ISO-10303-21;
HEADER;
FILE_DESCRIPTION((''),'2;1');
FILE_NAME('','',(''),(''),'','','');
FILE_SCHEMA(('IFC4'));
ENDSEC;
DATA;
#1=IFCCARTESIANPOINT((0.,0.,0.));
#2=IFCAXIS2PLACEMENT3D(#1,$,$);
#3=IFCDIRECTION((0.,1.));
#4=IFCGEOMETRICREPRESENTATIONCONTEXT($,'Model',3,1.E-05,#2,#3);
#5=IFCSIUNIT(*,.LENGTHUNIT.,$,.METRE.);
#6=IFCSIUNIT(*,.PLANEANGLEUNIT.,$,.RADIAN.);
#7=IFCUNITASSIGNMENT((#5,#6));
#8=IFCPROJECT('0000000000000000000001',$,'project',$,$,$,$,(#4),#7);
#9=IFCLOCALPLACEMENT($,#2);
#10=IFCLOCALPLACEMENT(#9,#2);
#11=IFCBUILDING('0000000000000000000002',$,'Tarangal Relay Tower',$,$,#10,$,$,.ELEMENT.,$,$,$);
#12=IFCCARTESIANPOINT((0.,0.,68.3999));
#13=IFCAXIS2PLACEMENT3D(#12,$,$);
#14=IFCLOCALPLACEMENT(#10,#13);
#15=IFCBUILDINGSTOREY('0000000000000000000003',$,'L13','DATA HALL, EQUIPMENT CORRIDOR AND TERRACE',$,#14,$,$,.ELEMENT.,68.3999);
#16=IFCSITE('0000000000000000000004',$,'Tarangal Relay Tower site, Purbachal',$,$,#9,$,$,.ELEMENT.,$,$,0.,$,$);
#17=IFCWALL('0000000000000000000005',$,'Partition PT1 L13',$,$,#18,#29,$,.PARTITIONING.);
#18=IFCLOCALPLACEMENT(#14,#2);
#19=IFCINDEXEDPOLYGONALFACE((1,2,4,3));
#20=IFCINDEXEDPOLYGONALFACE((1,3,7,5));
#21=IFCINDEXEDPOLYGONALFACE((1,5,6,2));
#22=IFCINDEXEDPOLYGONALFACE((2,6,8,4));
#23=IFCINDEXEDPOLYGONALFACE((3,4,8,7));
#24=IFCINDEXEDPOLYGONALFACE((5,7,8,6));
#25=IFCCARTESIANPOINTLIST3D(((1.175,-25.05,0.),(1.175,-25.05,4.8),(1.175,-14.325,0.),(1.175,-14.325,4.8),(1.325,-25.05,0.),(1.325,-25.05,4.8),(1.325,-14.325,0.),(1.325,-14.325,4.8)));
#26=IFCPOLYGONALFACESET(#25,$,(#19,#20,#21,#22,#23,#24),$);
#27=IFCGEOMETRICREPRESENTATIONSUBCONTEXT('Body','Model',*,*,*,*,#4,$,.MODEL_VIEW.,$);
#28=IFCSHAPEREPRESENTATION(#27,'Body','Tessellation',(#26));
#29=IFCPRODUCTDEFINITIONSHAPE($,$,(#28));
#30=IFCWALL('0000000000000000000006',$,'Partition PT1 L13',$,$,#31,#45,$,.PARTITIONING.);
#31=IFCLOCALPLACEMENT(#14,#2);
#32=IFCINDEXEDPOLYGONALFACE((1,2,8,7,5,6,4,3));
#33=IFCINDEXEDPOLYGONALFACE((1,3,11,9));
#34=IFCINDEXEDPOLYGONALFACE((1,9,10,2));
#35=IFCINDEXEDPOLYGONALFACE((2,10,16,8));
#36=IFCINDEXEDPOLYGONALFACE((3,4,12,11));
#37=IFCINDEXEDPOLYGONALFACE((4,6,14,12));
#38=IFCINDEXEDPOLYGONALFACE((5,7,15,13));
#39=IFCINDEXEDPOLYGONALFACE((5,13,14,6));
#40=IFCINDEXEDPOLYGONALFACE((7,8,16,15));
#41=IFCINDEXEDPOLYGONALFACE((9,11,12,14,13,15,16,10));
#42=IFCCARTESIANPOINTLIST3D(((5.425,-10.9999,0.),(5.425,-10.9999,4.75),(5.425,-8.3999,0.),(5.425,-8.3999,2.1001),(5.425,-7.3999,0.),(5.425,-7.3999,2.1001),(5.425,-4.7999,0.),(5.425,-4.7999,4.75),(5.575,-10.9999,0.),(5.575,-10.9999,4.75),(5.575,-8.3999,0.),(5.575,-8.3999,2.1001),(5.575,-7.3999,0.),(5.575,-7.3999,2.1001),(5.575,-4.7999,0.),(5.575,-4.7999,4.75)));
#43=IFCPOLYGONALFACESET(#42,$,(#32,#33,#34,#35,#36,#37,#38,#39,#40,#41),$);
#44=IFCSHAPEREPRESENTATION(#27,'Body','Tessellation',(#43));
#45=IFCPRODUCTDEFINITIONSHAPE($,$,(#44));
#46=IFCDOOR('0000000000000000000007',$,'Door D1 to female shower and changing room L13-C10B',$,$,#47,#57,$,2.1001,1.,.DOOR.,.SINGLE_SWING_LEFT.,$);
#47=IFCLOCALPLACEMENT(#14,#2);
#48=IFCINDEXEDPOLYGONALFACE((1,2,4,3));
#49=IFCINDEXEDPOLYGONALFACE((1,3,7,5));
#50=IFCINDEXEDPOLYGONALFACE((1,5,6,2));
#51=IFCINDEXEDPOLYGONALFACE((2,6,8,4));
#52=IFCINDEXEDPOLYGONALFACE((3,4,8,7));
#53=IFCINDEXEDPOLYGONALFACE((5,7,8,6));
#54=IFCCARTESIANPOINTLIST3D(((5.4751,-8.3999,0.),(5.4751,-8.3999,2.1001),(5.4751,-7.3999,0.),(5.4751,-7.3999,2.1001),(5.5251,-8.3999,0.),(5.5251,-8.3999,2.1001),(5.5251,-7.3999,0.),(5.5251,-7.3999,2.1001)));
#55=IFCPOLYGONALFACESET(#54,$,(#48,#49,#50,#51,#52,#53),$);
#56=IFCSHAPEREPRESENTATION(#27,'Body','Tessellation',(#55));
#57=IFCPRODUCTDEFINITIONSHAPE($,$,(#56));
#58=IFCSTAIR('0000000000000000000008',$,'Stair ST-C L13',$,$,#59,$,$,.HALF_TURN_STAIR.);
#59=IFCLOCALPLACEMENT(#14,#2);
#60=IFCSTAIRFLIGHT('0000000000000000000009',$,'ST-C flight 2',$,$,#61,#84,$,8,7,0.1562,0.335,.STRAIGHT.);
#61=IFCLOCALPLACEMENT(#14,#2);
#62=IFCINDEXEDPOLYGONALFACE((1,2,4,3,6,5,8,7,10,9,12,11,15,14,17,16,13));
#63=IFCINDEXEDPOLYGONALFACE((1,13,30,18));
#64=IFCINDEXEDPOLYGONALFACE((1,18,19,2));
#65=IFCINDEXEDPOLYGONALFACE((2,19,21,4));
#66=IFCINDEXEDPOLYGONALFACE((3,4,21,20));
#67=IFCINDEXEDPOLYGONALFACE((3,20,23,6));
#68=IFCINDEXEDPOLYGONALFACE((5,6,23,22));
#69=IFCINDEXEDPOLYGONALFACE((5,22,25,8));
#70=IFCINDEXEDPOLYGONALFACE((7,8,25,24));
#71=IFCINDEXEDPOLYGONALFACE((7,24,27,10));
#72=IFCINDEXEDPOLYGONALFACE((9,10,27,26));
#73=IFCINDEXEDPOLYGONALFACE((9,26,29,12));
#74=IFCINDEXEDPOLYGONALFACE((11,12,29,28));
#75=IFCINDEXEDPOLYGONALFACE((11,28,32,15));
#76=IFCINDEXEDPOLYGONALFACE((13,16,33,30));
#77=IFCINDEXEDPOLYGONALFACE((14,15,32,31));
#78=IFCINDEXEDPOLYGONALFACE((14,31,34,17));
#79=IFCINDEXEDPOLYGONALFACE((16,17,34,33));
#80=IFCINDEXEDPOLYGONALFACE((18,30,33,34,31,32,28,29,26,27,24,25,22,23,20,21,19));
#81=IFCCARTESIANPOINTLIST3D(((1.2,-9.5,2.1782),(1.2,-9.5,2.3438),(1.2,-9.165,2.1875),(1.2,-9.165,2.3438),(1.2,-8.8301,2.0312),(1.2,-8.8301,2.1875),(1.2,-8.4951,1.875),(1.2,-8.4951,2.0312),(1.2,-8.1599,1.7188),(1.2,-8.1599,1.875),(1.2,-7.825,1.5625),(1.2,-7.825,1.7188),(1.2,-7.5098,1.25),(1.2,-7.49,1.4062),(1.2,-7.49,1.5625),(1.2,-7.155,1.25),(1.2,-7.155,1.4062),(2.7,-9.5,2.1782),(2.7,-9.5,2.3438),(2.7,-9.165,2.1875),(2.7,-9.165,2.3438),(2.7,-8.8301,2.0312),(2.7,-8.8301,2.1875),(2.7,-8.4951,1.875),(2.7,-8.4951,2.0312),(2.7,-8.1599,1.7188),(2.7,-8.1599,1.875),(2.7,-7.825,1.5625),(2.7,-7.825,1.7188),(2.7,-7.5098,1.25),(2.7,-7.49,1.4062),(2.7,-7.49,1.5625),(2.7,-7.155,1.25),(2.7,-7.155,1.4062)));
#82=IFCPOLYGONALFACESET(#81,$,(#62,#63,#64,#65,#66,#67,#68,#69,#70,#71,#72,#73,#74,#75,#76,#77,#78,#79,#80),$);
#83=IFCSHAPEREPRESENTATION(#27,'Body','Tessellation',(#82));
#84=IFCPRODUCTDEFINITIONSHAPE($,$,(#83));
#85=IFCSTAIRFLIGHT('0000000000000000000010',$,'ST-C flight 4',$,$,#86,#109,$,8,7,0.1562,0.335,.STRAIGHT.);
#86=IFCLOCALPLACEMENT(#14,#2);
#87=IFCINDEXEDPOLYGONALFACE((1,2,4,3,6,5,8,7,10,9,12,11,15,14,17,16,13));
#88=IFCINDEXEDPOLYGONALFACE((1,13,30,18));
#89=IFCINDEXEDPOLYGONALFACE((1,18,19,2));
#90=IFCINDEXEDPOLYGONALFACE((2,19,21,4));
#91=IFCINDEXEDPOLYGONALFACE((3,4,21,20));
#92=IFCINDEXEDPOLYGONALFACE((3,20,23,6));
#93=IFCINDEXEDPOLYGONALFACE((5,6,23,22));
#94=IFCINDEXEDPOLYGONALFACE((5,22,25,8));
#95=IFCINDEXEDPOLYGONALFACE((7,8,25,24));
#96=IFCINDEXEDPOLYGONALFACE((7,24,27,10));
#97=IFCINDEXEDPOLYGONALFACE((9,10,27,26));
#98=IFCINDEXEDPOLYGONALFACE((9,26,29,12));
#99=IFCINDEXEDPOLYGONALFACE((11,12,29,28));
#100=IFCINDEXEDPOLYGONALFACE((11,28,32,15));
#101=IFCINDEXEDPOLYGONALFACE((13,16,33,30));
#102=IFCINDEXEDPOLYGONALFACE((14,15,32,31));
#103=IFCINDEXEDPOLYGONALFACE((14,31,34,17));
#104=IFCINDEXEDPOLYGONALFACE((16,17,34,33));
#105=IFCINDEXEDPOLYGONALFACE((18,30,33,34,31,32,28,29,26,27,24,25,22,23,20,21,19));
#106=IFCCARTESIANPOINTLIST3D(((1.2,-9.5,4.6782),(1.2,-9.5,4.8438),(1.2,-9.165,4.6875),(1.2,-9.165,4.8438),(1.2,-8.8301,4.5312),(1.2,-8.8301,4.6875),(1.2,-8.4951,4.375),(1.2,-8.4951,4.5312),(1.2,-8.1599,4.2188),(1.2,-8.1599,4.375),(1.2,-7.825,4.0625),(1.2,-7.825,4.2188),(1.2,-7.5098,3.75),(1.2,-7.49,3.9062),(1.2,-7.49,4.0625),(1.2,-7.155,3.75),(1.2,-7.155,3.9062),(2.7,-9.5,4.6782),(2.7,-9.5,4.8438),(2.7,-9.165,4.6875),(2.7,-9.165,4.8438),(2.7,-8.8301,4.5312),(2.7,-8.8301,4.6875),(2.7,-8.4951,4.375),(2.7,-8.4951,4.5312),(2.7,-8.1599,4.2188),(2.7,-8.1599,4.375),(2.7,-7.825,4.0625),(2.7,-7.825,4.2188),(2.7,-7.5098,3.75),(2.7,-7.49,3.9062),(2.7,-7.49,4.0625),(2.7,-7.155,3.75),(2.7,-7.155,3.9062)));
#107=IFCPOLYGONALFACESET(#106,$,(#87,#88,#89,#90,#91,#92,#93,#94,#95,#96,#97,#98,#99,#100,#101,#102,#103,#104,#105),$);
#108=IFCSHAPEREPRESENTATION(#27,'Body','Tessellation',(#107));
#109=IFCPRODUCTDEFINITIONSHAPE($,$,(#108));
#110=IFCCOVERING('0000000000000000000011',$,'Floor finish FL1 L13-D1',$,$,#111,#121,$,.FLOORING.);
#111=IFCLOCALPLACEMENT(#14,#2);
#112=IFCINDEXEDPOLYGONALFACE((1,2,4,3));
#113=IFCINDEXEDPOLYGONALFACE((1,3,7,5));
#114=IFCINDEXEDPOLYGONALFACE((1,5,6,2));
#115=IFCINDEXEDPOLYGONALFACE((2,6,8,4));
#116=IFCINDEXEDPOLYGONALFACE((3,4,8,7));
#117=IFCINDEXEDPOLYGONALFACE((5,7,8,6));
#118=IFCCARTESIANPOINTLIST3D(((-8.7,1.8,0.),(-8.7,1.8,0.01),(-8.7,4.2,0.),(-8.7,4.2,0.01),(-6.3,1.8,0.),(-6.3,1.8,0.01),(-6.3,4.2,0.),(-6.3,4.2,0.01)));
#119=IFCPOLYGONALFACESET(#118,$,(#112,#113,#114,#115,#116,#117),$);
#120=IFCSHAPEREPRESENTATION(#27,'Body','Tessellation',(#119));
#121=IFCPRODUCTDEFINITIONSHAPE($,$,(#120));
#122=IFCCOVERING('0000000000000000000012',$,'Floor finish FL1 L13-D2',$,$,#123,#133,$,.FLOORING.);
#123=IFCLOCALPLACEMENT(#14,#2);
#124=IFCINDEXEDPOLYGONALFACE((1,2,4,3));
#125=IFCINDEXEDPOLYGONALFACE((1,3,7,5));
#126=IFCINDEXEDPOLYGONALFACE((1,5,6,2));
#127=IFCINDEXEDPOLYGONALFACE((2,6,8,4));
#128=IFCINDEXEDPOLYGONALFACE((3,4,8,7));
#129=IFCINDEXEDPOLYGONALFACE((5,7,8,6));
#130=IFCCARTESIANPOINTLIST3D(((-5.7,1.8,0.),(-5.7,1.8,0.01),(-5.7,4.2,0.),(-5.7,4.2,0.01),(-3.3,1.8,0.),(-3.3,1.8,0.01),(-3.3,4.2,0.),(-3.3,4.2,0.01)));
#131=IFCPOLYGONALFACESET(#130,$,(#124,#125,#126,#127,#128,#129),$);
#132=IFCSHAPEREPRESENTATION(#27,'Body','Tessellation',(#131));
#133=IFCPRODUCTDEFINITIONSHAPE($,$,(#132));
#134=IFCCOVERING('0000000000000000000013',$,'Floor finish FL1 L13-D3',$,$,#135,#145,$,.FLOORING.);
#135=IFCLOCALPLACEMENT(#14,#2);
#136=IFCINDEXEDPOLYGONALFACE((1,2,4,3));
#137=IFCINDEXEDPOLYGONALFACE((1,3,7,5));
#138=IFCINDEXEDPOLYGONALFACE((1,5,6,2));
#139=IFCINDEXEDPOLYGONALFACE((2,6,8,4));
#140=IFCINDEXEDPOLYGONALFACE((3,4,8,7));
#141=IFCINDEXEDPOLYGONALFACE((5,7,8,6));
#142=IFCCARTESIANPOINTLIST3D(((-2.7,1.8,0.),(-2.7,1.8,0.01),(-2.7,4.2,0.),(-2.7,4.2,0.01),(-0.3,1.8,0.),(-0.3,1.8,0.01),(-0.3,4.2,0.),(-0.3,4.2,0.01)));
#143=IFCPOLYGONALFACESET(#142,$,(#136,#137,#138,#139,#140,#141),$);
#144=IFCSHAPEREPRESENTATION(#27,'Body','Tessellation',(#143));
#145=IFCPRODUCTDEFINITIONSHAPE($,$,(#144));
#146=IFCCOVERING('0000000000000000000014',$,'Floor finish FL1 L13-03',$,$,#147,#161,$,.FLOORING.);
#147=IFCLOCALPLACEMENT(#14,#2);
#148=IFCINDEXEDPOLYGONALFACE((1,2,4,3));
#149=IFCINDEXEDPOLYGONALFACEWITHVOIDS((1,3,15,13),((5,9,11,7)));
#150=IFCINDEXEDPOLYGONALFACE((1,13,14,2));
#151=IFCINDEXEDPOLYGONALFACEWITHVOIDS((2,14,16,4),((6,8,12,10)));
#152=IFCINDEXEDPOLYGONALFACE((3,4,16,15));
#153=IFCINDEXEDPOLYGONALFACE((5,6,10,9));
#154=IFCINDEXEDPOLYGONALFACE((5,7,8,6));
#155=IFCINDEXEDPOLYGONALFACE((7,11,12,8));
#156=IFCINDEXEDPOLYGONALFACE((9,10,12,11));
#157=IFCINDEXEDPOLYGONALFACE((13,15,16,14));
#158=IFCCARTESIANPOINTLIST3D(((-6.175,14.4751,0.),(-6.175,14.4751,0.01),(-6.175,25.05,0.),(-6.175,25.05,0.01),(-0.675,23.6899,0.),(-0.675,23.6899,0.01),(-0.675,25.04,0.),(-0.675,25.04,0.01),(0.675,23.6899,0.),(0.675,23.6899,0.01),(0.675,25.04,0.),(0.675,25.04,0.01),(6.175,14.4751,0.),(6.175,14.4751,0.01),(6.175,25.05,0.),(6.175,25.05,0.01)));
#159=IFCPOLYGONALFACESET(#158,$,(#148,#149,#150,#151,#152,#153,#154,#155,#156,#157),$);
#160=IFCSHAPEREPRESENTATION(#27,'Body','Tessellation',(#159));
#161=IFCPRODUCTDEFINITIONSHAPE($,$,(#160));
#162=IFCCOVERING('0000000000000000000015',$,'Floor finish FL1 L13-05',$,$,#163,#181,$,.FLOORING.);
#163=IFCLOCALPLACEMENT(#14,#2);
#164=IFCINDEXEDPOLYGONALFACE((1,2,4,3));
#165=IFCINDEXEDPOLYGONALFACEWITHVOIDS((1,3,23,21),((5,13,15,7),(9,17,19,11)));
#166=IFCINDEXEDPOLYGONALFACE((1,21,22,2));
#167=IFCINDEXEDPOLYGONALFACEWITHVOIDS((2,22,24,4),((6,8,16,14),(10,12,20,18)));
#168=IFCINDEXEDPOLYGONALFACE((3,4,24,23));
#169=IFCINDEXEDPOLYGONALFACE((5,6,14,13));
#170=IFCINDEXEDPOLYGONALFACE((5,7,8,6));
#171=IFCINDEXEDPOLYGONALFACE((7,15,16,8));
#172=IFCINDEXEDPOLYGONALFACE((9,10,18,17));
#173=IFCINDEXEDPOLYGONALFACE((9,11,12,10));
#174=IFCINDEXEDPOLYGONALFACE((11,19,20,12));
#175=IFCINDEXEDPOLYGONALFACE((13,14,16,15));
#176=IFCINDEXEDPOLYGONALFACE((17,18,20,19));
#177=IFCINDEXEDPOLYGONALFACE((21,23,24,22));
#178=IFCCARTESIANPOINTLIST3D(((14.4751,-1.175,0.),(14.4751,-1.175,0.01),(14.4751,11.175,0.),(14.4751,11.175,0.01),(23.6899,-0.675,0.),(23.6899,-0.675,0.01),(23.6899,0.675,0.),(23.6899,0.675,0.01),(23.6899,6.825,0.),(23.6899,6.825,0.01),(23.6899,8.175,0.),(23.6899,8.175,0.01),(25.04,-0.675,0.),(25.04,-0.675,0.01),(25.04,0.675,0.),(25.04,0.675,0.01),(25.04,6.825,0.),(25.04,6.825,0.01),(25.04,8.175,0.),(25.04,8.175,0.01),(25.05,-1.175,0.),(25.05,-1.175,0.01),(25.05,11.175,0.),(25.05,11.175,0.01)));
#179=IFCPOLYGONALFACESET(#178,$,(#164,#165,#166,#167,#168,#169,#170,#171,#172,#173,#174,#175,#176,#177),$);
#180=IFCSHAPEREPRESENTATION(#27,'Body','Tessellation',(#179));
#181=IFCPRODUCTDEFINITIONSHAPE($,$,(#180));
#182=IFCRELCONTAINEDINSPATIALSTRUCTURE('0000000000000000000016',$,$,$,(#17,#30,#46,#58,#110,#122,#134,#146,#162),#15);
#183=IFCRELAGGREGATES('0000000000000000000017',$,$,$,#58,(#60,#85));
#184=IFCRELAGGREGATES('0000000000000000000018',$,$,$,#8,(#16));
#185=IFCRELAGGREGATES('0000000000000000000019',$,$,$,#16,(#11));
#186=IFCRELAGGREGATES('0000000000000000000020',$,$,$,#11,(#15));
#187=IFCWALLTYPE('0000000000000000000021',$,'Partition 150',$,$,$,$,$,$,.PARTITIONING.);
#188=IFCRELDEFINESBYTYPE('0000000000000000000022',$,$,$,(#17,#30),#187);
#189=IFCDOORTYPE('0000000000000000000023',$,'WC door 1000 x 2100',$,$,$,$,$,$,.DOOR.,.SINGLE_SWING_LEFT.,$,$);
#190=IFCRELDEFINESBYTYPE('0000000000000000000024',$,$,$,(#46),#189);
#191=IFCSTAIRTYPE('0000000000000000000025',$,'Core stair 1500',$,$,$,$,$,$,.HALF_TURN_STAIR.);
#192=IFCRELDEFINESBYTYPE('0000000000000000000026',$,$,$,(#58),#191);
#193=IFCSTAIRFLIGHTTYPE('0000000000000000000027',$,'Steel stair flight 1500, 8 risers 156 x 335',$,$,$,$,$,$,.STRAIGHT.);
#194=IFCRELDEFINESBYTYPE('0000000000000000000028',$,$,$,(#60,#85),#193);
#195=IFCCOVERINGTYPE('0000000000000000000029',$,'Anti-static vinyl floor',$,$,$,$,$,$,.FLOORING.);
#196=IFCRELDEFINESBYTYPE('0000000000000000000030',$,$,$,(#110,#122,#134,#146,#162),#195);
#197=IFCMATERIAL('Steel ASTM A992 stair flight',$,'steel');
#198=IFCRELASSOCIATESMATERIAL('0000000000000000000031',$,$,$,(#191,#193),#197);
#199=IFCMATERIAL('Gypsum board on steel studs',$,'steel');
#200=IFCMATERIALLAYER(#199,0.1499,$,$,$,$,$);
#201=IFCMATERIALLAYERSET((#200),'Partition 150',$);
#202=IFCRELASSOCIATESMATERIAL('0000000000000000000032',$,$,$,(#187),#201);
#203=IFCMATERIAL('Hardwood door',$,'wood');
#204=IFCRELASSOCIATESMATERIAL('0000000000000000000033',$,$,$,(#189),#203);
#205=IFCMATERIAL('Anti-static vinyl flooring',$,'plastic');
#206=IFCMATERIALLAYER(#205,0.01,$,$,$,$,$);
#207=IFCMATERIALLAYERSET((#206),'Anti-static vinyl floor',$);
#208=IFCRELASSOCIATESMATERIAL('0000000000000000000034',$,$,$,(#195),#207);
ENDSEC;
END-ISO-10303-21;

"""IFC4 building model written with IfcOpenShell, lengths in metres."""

from ifc_helpers import new_model, si_unit, direction, frame, frame_2d, origin, place, context, subcontext, project, spatial, polyline, rectangle, outline, extrude, material, layer, layer_set, type_object, element, fill, aggregate, save


model = new_model("IFC4")

# Units and contexts
model_context = context("Model", 3, precision=1e-05, world=origin(), true_north=direction((0.0, 1.0)))
body_context = subcontext(model_context, "Body", "Model", "MODEL_VIEW")
ifc_project = project(units=[si_unit("LENGTHUNIT", "METRE"), si_unit("PLANEANGLEUNIT", "RADIAN")], contexts=[model_context])

# Site, building, storey
site_placement = place(None, origin())
site = spatial("IfcSite", under=ifc_project, at=site_placement, Name="Tarangal Relay Tower site, Purbachal", CompositionType="ELEMENT", RefElevation=0.0)
building_placement = place(site_placement, origin())
building = spatial("IfcBuilding", under=site, at=building_placement, Name="Tarangal Relay Tower", CompositionType="ELEMENT")
storey_placement = place(building_placement, frame((0.0, 0.0, 68.3999)))
storey = spatial("IfcBuildingStorey", under=building, at=storey_placement, Name="L13", Description="DATA HALL, EQUIPMENT CORRIDOR AND TERRACE", CompositionType="ELEMENT", Elevation=68.3999)

# Shared definitions
ifc_material_1 = material(Name="Steel ASTM A992 stair flight", Category="steel")
stair_type = type_object("IfcStairType", Name="Core stair 1500", PredefinedType="HALF_TURN_STAIR", material=ifc_material_1)

# Wall
ifc_material_2 = material(Name="Gypsum board on steel studs", Category="steel")
ifc_layer_1 = layer(ifc_material_2, 0.1499)
ifc_layer_set_1 = layer_set([ifc_layer_1], Name="Partition 150")
wall_type_1 = type_object("IfcWallType", Name="Partition 150", PredefinedType="PARTITIONING", material=ifc_layer_set_1)
wall_1_placement = place(storey_placement, frame((1.25, -25.05, 0.0), z_axis=(0.0, 0.0, 1.0), x_axis=(0.0, 1.0, 0.0)))
element("IfcWall", 1, at=wall_1_placement, inside=storey, type_object=wall_type_1, Name="Partition PT1 L13", PredefinedType="PARTITIONING", context=body_context, shape_type="SweptSolid", body=[
    extrude(rectangle(XDim=10.7251, YDim=0.1499, at=frame_2d((5.3625, 0.0))), origin(), (0.0, 0.0, 1.0), 4.8),
])

# Wall, opening, door
wall_2_placement = place(storey_placement, frame((5.5, -11.0, 0.0), z_axis=(0.0, 0.0, 1.0), x_axis=(0.0, 1.0, 0.0)))
wall_2 = element("IfcWall", 2, at=wall_2_placement, inside=storey, type_object=wall_type_1, Name="Partition PT1 L13", PredefinedType="PARTITIONING", context=body_context, shape_type="SweptSolid", body=[
    extrude(rectangle(XDim=6.2, YDim=0.1499, at=frame_2d((3.1001, 0.0))), origin(), (0.0, 0.0, 1.0), 4.75),
])
opening_placement = place(wall_2_placement, frame((2.6001, 0.0, 0.0)))
opening = element("IfcOpeningElement", 3, at=opening_placement, cuts=wall_2, PredefinedType="OPENING", context=body_context, shape_type="SweptSolid", body=[
    extrude(rectangle(XDim=1.0, YDim=2.1001, at=frame_2d((0.5, 1.05))), frame((0.0, 0.085, 0.0), z_axis=(0.0, -1.0, 0.0), x_axis=(1.0, 0.0, 0.0)), (0.0, 0.0, 1.0), 0.1699),
])
ifc_material_3 = material(Name="Hardwood door", Category="wood")
door_type = type_object("IfcDoorType", Name="WC door 1000 x 2100", OperationType="SINGLE_SWING_LEFT", PredefinedType="DOOR", material=ifc_material_3)
door_placement = place(opening_placement, origin())
door = element("IfcDoor", 4, at=door_placement, inside=storey, type_object=door_type, Name="Door D1 to female shower and changing room L13-C10B", OperationType="SINGLE_SWING_LEFT", OverallHeight=2.1001, OverallWidth=1.0, PredefinedType="DOOR", context=body_context, shape_type="SweptSolid", body=[
    extrude(rectangle(XDim=1.0, YDim=2.1001, at=frame_2d((0.5, 1.05))), frame((0.0, 0.0249, 0.0), z_axis=(0.0, -1.0, 0.0), x_axis=(1.0, 0.0, 0.0)), (0.0, 0.0, 1.0), 0.05),
])
fill(opening, door)

# Stair, stair flights
stair_1_placement = place(storey_placement, origin())
stair_1 = element("IfcStair", 5, at=stair_1_placement, inside=storey, type_object=stair_type, Name="Stair ST-C L13", PredefinedType="HALF_TURN_STAIR")
stair_flight_type = type_object("IfcStairFlightType", Name="Steel stair flight 1500, 8 risers 156 x 335", PredefinedType="STRAIGHT", material=ifc_material_1)
stair_flight_1_placement = place(storey_placement, frame((1.95, -7.155, 1.25), z_axis=(0.0, 0.0, 1.0), x_axis=(0.0, -1.0, 0.0)))
stair_flight_1 = element("IfcStairFlight", 6, at=stair_flight_1_placement, type_object=stair_flight_type, Name="ST-C flight 2", NumberOfRisers=8, NumberOfTreads=7, PredefinedType="STRAIGHT", RiserHeight=0.1562, TreadLength=0.335, context=body_context, shape_type="SweptSolid", body=[
    extrude(outline(polyline([(0.0, 0.0), (0.0, 0.1562), (0.335, 0.1562), (0.335, 0.3125), (0.6699, 0.3125), (0.6699, 0.4688), (1.0049, 0.4688), (1.0049, 0.625), (1.3401, 0.625), (1.3401, 0.7812), (1.675, 0.7812), (1.675, 0.9375), (2.01, 0.9375), (2.01, 1.0938), (2.345, 1.0938), (2.345, 1.25), (2.345, 0.9282), (0.3547, 0.0), (0.0, 0.0)])), frame((0.0, 0.75, 0.0), z_axis=(0.0, -1.0, 0.0), x_axis=(1.0, 0.0, 0.0)), (0.0, 0.0, 1.0), 1.5),
])
stair_flight_2_placement = place(storey_placement, frame((1.95, -7.155, 3.75), z_axis=(0.0, 0.0, 1.0), x_axis=(0.0, -1.0, 0.0)))
stair_flight_2 = element("IfcStairFlight", 7, at=stair_flight_2_placement, type_object=stair_flight_type, Name="ST-C flight 4", NumberOfRisers=8, NumberOfTreads=7, PredefinedType="STRAIGHT", RiserHeight=0.1562, TreadLength=0.335, context=body_context, shape_type="SweptSolid", body=[
    extrude(outline(polyline([(0.0, 0.0), (0.0, 0.1562), (0.335, 0.1562), (0.335, 0.3125), (0.6699, 0.3125), (0.6699, 0.4688), (1.0049, 0.4688), (1.0049, 0.625), (1.3401, 0.625), (1.3401, 0.7812), (1.675, 0.7812), (1.675, 0.9375), (2.01, 0.9375), (2.01, 1.0938), (2.345, 1.0938), (2.345, 1.25), (2.345, 0.9282), (0.3547, 0.0), (0.0, 0.0)])), frame((0.0, 0.75, 0.0), z_axis=(0.0, -1.0, 0.0), x_axis=(1.0, 0.0, 0.0)), (0.0, 0.0, 1.0), 1.5),
])
aggregate(stair_1, [stair_flight_1, stair_flight_2])

# Coverings
ifc_material_4 = material(Name="Anti-static vinyl flooring", Category="plastic")
ifc_layer_2 = layer(ifc_material_4, 0.01)
ifc_layer_set_2 = layer_set([ifc_layer_2], Name="Anti-static vinyl floor")
covering_type_1 = type_object("IfcCoveringType", Name="Anti-static vinyl floor", PredefinedType="FLOORING", material=ifc_layer_set_2)
covering_1_placement = place(storey_placement, origin())
element("IfcCovering", 8, at=covering_1_placement, inside=storey, type_object=covering_type_1, Name="Floor finish FL1 L13-D1", PredefinedType="FLOORING", context=body_context, shape_type="SweptSolid", body=[
    extrude(outline(polyline([(-8.7, 1.8), (-6.3, 1.8), (-6.3, 4.2), (-8.7, 4.2), (-8.7, 1.8)])), origin(), (0.0, 0.0, 1.0), 0.01),
])
covering_2_placement = place(storey_placement, origin())
element("IfcCovering", 9, at=covering_2_placement, inside=storey, type_object=covering_type_1, Name="Floor finish FL1 L13-D2", PredefinedType="FLOORING", context=body_context, shape_type="SweptSolid", body=[
    extrude(outline(polyline([(-5.7, 1.8), (-3.3, 1.8), (-3.3, 4.2), (-5.7, 4.2), (-5.7, 1.8)])), origin(), (0.0, 0.0, 1.0), 0.01),
])
covering_3_placement = place(storey_placement, origin())
element("IfcCovering", 10, at=covering_3_placement, inside=storey, type_object=covering_type_1, Name="Floor finish FL1 L13-D3", PredefinedType="FLOORING", context=body_context, shape_type="SweptSolid", body=[
    extrude(outline(polyline([(-2.7, 1.8), (-0.3, 1.8), (-0.3, 4.2), (-2.7, 4.2), (-2.7, 1.8)])), origin(), (0.0, 0.0, 1.0), 0.01),
])
covering_4_placement = place(storey_placement, origin())
element("IfcCovering", 11, at=covering_4_placement, inside=storey, type_object=covering_type_1, Name="Floor finish FL1 L13-03", PredefinedType="FLOORING", context=body_context, shape_type="SweptSolid", body=[
    extrude(outline(polyline([(6.175, 25.05), (-6.175, 25.05), (-6.175, 14.4751), (6.175, 14.4751), (6.175, 25.05)]), holes=[polyline([(0.675, 25.04), (-0.675, 25.04), (-0.675, 23.6899), (0.675, 23.6899), (0.675, 25.04)])]), origin(), (0.0, 0.0, 1.0), 0.01),
])
covering_5_placement = place(storey_placement, origin())
element("IfcCovering", 12, at=covering_5_placement, inside=storey, type_object=covering_type_1, Name="Floor finish FL1 L13-05", PredefinedType="FLOORING", context=body_context, shape_type="SweptSolid", body=[
    extrude(outline(polyline([(25.05, -1.175), (25.05, 11.175), (14.4751, 11.175), (14.4751, -1.175), (25.05, -1.175)]), holes=[polyline([(25.04, -0.675), (25.04, 0.675), (23.6899, 0.675), (23.6899, -0.675), (25.04, -0.675)]), polyline([(25.04, 6.825), (25.04, 8.175), (23.6899, 8.175), (23.6899, 6.825), (25.04, 6.825)])]), origin(), (0.0, 0.0, 1.0), 0.01),
])

save(model, "model.ifc")
